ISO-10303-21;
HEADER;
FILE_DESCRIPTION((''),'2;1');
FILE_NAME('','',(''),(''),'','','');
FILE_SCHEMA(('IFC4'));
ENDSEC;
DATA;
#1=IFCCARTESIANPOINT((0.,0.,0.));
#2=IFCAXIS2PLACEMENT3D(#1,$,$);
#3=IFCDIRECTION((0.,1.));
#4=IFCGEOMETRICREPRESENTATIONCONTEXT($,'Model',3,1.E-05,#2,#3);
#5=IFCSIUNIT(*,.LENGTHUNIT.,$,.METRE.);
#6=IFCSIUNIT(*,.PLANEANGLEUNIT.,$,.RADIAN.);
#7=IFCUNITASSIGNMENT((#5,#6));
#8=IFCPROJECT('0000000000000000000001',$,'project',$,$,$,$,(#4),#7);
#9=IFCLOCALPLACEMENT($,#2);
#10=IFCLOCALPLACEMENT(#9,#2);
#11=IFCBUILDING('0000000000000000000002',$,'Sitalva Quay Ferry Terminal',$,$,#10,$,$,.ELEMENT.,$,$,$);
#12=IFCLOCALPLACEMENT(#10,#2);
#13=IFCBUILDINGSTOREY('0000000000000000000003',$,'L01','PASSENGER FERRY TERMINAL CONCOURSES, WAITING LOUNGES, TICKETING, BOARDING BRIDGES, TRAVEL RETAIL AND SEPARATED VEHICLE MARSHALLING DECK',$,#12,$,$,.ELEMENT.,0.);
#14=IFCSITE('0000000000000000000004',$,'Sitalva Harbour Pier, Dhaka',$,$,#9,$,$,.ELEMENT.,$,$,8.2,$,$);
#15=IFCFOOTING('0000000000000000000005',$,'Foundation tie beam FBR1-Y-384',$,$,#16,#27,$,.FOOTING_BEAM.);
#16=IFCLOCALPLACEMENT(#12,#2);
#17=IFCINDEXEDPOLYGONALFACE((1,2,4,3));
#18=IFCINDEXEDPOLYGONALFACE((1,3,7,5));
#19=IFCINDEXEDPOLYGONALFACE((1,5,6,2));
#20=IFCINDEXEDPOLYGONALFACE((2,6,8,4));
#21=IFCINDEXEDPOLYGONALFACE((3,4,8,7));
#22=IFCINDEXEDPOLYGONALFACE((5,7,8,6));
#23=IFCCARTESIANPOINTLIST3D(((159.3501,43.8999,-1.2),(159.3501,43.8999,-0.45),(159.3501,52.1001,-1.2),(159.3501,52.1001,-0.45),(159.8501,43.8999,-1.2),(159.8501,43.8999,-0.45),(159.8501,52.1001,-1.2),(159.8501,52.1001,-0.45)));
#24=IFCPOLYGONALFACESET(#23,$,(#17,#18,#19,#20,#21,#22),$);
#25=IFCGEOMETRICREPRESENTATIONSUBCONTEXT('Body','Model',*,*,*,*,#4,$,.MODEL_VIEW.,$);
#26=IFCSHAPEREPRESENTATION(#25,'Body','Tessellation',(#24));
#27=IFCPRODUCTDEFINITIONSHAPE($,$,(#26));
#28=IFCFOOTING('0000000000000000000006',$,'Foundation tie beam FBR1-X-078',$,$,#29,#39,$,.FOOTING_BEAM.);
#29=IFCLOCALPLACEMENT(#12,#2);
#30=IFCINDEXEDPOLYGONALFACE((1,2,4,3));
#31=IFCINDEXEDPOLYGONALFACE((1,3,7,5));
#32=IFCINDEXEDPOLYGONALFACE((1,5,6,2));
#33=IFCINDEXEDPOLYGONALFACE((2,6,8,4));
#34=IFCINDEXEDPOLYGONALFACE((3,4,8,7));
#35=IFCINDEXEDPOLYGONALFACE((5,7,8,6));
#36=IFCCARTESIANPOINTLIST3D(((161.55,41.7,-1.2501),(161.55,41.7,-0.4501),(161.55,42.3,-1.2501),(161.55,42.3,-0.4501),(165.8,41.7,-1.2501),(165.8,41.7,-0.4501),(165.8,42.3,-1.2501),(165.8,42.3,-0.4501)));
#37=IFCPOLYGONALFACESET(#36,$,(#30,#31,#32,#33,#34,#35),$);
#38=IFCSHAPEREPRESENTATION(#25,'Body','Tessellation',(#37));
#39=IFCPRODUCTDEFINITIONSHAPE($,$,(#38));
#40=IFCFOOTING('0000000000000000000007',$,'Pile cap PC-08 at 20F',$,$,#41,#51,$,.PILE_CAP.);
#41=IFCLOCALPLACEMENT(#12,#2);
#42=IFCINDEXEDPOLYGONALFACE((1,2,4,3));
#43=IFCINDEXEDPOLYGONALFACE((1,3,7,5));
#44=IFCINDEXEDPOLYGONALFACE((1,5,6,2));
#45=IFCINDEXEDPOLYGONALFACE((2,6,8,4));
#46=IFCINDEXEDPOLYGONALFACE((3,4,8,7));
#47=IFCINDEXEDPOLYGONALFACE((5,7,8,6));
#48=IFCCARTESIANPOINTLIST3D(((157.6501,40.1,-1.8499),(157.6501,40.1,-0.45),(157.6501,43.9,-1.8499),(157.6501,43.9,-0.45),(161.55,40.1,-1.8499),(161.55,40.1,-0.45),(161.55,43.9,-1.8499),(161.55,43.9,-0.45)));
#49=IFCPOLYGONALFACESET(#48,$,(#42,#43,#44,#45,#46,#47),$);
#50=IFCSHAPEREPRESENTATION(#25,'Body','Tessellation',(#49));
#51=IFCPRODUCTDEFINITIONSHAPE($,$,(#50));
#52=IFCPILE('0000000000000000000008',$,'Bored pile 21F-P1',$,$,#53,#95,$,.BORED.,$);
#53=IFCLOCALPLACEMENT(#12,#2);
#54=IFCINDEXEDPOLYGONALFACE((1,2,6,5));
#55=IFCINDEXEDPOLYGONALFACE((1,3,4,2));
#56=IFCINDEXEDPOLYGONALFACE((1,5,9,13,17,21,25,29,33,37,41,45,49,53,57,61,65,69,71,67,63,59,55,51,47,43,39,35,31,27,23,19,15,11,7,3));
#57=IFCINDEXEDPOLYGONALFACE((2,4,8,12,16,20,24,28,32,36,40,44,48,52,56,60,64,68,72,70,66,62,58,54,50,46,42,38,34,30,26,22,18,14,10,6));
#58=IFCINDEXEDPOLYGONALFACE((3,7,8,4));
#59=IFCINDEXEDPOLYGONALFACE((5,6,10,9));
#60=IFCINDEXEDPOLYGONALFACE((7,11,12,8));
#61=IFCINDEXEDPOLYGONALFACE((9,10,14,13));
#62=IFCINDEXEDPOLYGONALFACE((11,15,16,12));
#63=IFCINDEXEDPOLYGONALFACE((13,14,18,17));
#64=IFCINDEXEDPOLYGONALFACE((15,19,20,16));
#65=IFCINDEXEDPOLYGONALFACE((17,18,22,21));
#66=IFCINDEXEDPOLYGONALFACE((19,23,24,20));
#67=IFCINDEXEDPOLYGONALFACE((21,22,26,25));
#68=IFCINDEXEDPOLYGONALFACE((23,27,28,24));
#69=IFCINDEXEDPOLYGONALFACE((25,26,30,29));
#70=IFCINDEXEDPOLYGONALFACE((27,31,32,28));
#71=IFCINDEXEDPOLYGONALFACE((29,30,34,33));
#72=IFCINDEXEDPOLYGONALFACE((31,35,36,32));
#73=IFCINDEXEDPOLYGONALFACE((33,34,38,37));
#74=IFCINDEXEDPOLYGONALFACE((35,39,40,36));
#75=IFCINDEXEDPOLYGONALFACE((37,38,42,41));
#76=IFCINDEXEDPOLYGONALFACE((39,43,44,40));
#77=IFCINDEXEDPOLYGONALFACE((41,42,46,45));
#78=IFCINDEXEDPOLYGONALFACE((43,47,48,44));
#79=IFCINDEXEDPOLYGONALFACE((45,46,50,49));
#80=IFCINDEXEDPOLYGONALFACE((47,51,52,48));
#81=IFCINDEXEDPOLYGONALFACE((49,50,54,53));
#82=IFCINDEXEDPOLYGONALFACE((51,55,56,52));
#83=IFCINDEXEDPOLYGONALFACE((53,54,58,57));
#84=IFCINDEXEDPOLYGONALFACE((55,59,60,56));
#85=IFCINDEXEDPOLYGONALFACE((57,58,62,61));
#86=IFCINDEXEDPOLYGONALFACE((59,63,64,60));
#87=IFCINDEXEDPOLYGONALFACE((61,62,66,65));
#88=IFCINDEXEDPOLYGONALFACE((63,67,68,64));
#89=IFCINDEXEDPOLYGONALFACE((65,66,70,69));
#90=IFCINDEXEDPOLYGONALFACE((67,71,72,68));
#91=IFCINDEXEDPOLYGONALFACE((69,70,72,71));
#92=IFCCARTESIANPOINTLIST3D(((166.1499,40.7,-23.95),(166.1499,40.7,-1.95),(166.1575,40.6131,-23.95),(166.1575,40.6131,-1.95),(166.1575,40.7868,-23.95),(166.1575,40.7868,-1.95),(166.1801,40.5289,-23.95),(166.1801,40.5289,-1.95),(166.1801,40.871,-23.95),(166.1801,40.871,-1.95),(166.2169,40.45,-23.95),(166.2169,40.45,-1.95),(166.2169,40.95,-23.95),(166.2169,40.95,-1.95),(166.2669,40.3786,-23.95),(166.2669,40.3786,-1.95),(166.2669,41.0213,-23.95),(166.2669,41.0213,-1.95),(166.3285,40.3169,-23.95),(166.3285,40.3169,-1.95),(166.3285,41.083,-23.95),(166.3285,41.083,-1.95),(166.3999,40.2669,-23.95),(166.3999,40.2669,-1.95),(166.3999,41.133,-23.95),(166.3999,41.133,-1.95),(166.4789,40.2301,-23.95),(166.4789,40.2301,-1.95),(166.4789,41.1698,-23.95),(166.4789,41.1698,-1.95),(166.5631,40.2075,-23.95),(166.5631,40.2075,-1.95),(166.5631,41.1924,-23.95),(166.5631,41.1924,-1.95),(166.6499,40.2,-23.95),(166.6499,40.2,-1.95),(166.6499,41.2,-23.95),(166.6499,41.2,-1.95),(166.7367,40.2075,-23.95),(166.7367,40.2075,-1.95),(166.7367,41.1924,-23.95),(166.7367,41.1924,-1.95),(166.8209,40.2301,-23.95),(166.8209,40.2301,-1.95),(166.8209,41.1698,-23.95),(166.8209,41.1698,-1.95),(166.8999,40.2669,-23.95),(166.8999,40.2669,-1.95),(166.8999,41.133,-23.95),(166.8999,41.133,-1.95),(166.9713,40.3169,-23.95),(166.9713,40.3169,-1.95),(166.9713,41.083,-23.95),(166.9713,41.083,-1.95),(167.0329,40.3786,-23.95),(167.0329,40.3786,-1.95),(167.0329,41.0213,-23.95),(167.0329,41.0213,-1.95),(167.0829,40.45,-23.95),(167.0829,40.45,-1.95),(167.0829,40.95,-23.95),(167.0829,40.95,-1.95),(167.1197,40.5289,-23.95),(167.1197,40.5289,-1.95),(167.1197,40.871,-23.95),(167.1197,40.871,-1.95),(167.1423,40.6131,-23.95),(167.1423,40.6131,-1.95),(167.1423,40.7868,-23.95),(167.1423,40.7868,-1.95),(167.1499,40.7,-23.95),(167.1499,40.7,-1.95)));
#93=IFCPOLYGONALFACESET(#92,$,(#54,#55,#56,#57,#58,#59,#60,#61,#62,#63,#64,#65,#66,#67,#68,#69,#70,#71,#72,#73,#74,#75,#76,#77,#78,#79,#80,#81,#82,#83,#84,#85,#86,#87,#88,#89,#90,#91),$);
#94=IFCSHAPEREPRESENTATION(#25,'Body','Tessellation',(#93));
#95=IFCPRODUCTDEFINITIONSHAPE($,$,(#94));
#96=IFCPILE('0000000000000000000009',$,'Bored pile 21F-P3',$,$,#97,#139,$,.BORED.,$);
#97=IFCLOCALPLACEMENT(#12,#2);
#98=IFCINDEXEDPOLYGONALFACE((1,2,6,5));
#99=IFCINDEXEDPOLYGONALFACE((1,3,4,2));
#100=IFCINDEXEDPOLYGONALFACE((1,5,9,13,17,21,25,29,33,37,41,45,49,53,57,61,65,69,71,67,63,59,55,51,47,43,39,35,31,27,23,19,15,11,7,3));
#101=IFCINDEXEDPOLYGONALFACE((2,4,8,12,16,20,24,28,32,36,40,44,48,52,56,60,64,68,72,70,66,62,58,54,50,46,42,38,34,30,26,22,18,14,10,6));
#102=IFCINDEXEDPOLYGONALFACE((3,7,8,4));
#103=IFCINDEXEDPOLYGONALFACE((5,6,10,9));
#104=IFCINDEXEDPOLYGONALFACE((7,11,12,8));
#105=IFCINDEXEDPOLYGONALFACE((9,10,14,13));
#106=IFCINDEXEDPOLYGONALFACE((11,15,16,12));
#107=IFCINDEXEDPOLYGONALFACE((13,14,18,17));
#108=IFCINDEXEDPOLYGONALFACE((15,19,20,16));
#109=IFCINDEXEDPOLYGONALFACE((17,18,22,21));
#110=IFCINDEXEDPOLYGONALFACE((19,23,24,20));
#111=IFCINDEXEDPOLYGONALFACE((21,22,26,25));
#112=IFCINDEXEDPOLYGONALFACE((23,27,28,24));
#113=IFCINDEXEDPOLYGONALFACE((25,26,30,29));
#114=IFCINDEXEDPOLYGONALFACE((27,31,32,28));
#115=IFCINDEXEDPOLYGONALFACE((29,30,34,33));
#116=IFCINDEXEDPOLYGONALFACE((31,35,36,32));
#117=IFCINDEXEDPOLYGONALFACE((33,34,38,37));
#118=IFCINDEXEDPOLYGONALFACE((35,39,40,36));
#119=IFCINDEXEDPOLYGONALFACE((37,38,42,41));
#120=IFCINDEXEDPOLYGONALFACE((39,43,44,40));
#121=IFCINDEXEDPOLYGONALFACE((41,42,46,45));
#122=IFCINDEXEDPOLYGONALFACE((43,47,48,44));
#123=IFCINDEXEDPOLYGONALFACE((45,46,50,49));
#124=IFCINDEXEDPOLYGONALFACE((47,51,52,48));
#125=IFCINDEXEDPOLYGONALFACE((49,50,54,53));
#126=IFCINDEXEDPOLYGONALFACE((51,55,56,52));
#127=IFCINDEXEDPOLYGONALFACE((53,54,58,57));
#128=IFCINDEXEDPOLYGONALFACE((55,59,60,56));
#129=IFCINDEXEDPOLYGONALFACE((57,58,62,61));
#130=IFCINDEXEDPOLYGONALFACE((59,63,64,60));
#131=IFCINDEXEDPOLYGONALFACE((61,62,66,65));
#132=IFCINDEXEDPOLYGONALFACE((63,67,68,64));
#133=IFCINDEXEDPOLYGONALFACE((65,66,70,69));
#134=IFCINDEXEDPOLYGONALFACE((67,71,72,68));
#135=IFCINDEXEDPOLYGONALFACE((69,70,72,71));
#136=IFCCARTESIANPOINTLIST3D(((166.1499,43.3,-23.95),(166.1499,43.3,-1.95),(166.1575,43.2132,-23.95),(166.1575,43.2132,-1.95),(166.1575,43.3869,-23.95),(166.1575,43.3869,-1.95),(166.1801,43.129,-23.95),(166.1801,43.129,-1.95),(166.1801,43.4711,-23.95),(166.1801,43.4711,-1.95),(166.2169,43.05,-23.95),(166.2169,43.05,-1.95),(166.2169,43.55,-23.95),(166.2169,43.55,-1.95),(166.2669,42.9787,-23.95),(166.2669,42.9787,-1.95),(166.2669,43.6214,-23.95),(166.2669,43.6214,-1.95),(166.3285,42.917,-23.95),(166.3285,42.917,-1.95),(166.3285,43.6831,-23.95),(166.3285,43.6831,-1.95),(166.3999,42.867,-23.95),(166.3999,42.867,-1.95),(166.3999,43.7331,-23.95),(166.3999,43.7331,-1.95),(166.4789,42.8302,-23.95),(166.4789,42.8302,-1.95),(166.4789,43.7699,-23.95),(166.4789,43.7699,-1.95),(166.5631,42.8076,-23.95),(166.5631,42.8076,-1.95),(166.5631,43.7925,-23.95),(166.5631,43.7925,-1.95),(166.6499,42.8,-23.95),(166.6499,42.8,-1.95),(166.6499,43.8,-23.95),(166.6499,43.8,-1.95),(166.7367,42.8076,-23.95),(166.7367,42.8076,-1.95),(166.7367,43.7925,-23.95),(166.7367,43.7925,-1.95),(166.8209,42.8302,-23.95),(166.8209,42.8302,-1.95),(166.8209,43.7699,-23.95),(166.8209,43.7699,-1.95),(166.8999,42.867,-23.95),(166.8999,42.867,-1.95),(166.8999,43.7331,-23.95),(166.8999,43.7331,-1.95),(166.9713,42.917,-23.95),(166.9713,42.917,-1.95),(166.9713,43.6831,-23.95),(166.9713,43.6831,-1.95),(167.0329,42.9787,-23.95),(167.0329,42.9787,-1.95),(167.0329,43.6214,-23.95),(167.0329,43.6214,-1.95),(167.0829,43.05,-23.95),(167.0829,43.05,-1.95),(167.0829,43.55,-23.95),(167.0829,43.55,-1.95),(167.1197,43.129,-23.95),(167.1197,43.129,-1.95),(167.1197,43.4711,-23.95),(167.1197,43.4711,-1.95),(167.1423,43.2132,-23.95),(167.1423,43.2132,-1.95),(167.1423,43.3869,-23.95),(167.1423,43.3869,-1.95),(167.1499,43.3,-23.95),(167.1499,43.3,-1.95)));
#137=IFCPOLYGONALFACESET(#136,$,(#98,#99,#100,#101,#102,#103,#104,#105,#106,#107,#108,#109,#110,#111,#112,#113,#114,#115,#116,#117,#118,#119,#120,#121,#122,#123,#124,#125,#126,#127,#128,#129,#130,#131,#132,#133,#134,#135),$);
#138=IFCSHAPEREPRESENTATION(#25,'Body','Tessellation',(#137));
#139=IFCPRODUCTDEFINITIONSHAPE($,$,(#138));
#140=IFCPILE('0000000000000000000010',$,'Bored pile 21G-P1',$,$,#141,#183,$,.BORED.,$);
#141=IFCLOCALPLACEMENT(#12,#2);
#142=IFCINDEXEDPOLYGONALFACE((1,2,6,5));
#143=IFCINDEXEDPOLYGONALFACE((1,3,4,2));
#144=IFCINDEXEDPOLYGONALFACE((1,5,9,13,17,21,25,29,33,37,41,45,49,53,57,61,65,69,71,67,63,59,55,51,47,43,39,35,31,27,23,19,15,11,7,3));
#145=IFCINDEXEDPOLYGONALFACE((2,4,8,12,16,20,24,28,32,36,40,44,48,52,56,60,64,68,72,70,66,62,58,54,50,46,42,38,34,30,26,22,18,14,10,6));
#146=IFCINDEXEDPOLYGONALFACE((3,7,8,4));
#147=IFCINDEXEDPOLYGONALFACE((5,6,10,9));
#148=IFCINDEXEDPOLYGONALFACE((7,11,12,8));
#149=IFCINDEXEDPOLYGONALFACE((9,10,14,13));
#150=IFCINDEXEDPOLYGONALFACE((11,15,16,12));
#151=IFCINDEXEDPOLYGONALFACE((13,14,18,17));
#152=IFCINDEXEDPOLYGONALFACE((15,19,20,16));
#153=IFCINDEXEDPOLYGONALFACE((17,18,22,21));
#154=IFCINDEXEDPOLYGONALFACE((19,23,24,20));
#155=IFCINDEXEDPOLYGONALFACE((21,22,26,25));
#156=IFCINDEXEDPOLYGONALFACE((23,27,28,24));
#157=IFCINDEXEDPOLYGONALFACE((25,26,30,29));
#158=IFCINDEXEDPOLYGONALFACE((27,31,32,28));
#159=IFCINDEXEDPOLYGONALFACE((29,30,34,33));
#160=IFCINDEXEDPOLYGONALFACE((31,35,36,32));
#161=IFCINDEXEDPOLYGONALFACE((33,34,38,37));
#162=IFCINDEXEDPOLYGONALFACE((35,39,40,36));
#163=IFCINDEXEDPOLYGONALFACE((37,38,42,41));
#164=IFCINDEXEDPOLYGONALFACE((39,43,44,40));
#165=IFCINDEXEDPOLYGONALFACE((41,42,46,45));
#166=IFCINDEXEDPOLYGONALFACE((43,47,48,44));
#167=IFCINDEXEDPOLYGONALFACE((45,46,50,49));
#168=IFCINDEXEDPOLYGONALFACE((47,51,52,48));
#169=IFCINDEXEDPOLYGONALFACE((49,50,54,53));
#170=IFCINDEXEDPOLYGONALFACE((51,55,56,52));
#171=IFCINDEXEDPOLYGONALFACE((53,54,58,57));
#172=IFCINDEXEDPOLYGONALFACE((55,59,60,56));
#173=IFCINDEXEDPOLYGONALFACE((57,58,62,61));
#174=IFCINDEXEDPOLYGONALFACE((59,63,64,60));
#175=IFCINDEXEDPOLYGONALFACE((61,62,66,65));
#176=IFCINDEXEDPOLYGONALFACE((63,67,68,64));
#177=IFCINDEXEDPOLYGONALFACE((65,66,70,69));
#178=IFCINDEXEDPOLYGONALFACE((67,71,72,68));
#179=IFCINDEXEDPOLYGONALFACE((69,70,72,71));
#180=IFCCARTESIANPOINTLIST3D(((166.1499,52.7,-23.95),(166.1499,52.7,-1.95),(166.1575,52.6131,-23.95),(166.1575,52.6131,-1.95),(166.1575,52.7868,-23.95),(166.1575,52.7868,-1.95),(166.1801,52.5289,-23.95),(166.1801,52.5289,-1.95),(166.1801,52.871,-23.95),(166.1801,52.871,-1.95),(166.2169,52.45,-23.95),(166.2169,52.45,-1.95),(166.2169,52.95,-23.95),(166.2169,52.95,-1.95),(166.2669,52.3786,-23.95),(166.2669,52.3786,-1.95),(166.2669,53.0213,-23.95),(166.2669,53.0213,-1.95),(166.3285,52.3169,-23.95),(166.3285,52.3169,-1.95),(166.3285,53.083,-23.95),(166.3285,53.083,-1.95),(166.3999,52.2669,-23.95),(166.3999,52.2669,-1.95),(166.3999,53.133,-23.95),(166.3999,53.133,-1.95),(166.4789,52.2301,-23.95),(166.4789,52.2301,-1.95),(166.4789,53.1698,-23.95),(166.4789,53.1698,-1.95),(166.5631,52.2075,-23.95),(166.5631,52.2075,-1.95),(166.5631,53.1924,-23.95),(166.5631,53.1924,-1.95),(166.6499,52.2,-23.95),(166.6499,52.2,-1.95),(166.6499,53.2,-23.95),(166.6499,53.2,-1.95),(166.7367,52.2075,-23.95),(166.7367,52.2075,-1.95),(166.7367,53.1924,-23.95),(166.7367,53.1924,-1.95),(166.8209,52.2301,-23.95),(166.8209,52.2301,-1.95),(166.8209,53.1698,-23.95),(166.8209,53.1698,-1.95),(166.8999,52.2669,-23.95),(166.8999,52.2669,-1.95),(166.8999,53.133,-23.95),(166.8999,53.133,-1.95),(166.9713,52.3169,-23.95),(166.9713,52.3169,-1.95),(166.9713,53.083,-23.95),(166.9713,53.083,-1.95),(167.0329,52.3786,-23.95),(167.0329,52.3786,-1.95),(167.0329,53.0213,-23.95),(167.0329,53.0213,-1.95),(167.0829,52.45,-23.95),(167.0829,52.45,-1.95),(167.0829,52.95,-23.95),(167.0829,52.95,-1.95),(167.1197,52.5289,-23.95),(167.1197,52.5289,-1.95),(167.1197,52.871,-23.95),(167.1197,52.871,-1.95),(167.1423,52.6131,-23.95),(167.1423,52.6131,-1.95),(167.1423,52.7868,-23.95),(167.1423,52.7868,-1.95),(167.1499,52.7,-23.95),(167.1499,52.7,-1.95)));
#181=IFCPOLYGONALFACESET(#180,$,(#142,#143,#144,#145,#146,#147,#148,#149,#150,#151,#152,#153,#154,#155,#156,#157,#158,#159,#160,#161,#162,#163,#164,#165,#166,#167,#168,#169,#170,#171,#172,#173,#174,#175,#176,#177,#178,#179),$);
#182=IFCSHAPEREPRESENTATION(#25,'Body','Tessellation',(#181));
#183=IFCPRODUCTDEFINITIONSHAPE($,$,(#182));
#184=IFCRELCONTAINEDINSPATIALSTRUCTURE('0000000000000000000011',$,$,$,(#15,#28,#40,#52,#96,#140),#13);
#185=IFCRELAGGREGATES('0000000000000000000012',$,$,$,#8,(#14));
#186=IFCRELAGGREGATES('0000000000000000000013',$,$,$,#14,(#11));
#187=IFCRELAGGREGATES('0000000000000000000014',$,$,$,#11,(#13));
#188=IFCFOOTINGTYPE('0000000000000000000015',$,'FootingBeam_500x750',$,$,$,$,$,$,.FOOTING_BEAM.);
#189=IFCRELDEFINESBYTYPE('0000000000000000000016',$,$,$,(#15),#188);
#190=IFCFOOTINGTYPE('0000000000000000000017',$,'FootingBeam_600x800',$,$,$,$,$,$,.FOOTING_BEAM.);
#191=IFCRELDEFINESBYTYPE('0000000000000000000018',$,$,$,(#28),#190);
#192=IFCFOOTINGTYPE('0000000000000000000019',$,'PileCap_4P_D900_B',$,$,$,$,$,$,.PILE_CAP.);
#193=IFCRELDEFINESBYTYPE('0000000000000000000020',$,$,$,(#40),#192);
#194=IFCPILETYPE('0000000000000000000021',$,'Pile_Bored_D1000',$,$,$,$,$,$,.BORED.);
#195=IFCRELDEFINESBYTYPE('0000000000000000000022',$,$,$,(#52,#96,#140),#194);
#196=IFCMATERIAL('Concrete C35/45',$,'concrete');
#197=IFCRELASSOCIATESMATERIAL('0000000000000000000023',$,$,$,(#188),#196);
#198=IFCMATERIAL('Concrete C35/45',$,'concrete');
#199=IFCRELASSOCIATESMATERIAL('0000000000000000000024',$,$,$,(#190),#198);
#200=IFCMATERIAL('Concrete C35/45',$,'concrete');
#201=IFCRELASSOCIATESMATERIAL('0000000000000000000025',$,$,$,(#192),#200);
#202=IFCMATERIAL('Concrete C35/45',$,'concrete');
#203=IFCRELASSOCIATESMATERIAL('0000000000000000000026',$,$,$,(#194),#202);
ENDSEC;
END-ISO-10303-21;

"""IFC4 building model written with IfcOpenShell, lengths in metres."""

from ifc_helpers import new_model, si_unit, direction, frame, origin, origin_2d, place, context, subcontext, project, spatial, rectangle, circle, extrude, material, material_profile, profile_set, type_object, element, save


model = new_model("IFC4")

# Units and contexts
model_context = context("Model", 3, precision=1e-05, world=origin(), true_north=direction((0.0, 1.0)))
body_context = subcontext(model_context, "Body", "Model", "MODEL_VIEW")
ifc_project = project(units=[si_unit("LENGTHUNIT", "METRE"), si_unit("PLANEANGLEUNIT", "RADIAN")], contexts=[model_context])

# Site, building, storey
site_placement = place(None, origin())
site = spatial("IfcSite", under=ifc_project, at=site_placement, Name="Sitalva Harbour Pier, Dhaka", CompositionType="ELEMENT", RefElevation=8.2)
building_placement = place(site_placement, origin())
building = spatial("IfcBuilding", under=site, at=building_placement, Name="Sitalva Quay Ferry Terminal", CompositionType="ELEMENT")
storey_placement = place(building_placement, origin())
storey = spatial("IfcBuildingStorey", under=building, at=storey_placement, Name="L01", Description="PASSENGER FERRY TERMINAL CONCOURSES, WAITING LOUNGES, TICKETING, BOARDING BRIDGES, TRAVEL RETAIL AND SEPARATED VEHICLE MARSHALLING DECK", CompositionType="ELEMENT", Elevation=0.0)

# Footings
ifc_material_1 = material(Name="Concrete C35/45", Category="concrete")
ifc_material_profile_1 = material_profile(ifc_material_1, rectangle(XDim=0.5, YDim=0.75, at=origin_2d()), Name="RC500x750")
ifc_profile_set_1 = profile_set([ifc_material_profile_1], Name="Concrete C35/45")
footing_type_1 = type_object("IfcFootingType", Name="FootingBeam_500x750", PredefinedType="FOOTING_BEAM", material=ifc_profile_set_1)
footing_1_placement = place(storey_placement, frame((159.6001, 43.8999, -0.825), z_axis=(0.0, 1.0, 0.0), x_axis=(-1.0, 0.0, 0.0)))
element("IfcFooting", 1, at=footing_1_placement, inside=storey, type_object=footing_type_1, Name="Foundation tie beam FBR1-Y-384", PredefinedType="FOOTING_BEAM", context=body_context, shape_type="SweptSolid", body=[
    extrude(rectangle(XDim=0.5, YDim=0.75, at=origin_2d()), origin(), (0.0, 0.0, 1.0), 8.2002),
])
ifc_material_2 = material(Name="Concrete C35/45", Category="concrete")
ifc_material_profile_2 = material_profile(ifc_material_2, rectangle(XDim=0.6001, YDim=0.8, at=origin_2d()), Name="RC600x800")
ifc_profile_set_2 = profile_set([ifc_material_profile_2], Name="Concrete C35/45")
footing_type_2 = type_object("IfcFootingType", Name="FootingBeam_600x800", PredefinedType="FOOTING_BEAM", material=ifc_profile_set_2)
footing_2_placement = place(storey_placement, frame((161.55, 42.0, -0.8501), z_axis=(1.0, 0.0, 0.0), x_axis=(0.0, 1.0, 0.0)))
element("IfcFooting", 2, at=footing_2_placement, inside=storey, type_object=footing_type_2, Name="Foundation tie beam FBR1-X-078", PredefinedType="FOOTING_BEAM", context=body_context, shape_type="SweptSolid", body=[
    extrude(rectangle(XDim=0.6001, YDim=0.8, at=origin_2d()), origin(), (0.0, 0.0, 1.0), 4.25),
])
ifc_material_3 = material(Name="Concrete C35/45", Category="concrete")
footing_type_3 = type_object("IfcFootingType", Name="PileCap_4P_D900_B", PredefinedType="PILE_CAP", material=ifc_material_3)
footing_3_placement = place(storey_placement, frame((159.6001, 42.0, -1.8499), z_axis=(0.0, 0.0, 1.0), x_axis=(1.0, 0.0, 0.0)))
element("IfcFooting", 3, at=footing_3_placement, inside=storey, type_object=footing_type_3, Name="Pile cap PC-08 at 20F", PredefinedType="PILE_CAP", context=body_context, shape_type="SweptSolid", body=[
    extrude(rectangle(XDim=3.8999, YDim=3.8, at=origin_2d()), origin(), (0.0, 0.0, 1.0), 1.3999),
])

# Piles
ifc_material_4 = material(Name="Concrete C35/45", Category="concrete")
ifc_material_profile_3 = material_profile(ifc_material_4, circle(Radius=0.5, at=origin_2d()), Name="PILE-D1000")
ifc_profile_set_3 = profile_set([ifc_material_profile_3], Name="Concrete C35/45")
pile_type_1 = type_object("IfcPileType", Name="Pile_Bored_D1000", PredefinedType="BORED", material=ifc_profile_set_3)
for number, where, z_axis, x_axis, name in (
    (4, (166.6499, 40.7, -1.95), (0.0, 0.0, -1.0), (1.0, 0.0, 0.0), "Bored pile 21F-P1"),
    (5, (166.6499, 43.3, -1.95), (0.0, 0.0, -1.0), (1.0, 0.0, 0.0), "Bored pile 21F-P3"),
    (6, (166.6499, 52.7, -1.95), (0.0, 0.0, -1.0), (1.0, 0.0, 0.0), "Bored pile 21G-P1"),
):
    element("IfcPile", number, at=place(storey_placement, frame(where, z_axis=z_axis, x_axis=x_axis)), inside=storey, type_object=pile_type_1, Name=name, PredefinedType="BORED", context=body_context, shape_type="SweptSolid", body=[
        extrude(circle(Radius=0.5, at=origin_2d()), origin(), (0.0, 0.0, 1.0), 22.0),
    ])

save(model, "model.ifc")
